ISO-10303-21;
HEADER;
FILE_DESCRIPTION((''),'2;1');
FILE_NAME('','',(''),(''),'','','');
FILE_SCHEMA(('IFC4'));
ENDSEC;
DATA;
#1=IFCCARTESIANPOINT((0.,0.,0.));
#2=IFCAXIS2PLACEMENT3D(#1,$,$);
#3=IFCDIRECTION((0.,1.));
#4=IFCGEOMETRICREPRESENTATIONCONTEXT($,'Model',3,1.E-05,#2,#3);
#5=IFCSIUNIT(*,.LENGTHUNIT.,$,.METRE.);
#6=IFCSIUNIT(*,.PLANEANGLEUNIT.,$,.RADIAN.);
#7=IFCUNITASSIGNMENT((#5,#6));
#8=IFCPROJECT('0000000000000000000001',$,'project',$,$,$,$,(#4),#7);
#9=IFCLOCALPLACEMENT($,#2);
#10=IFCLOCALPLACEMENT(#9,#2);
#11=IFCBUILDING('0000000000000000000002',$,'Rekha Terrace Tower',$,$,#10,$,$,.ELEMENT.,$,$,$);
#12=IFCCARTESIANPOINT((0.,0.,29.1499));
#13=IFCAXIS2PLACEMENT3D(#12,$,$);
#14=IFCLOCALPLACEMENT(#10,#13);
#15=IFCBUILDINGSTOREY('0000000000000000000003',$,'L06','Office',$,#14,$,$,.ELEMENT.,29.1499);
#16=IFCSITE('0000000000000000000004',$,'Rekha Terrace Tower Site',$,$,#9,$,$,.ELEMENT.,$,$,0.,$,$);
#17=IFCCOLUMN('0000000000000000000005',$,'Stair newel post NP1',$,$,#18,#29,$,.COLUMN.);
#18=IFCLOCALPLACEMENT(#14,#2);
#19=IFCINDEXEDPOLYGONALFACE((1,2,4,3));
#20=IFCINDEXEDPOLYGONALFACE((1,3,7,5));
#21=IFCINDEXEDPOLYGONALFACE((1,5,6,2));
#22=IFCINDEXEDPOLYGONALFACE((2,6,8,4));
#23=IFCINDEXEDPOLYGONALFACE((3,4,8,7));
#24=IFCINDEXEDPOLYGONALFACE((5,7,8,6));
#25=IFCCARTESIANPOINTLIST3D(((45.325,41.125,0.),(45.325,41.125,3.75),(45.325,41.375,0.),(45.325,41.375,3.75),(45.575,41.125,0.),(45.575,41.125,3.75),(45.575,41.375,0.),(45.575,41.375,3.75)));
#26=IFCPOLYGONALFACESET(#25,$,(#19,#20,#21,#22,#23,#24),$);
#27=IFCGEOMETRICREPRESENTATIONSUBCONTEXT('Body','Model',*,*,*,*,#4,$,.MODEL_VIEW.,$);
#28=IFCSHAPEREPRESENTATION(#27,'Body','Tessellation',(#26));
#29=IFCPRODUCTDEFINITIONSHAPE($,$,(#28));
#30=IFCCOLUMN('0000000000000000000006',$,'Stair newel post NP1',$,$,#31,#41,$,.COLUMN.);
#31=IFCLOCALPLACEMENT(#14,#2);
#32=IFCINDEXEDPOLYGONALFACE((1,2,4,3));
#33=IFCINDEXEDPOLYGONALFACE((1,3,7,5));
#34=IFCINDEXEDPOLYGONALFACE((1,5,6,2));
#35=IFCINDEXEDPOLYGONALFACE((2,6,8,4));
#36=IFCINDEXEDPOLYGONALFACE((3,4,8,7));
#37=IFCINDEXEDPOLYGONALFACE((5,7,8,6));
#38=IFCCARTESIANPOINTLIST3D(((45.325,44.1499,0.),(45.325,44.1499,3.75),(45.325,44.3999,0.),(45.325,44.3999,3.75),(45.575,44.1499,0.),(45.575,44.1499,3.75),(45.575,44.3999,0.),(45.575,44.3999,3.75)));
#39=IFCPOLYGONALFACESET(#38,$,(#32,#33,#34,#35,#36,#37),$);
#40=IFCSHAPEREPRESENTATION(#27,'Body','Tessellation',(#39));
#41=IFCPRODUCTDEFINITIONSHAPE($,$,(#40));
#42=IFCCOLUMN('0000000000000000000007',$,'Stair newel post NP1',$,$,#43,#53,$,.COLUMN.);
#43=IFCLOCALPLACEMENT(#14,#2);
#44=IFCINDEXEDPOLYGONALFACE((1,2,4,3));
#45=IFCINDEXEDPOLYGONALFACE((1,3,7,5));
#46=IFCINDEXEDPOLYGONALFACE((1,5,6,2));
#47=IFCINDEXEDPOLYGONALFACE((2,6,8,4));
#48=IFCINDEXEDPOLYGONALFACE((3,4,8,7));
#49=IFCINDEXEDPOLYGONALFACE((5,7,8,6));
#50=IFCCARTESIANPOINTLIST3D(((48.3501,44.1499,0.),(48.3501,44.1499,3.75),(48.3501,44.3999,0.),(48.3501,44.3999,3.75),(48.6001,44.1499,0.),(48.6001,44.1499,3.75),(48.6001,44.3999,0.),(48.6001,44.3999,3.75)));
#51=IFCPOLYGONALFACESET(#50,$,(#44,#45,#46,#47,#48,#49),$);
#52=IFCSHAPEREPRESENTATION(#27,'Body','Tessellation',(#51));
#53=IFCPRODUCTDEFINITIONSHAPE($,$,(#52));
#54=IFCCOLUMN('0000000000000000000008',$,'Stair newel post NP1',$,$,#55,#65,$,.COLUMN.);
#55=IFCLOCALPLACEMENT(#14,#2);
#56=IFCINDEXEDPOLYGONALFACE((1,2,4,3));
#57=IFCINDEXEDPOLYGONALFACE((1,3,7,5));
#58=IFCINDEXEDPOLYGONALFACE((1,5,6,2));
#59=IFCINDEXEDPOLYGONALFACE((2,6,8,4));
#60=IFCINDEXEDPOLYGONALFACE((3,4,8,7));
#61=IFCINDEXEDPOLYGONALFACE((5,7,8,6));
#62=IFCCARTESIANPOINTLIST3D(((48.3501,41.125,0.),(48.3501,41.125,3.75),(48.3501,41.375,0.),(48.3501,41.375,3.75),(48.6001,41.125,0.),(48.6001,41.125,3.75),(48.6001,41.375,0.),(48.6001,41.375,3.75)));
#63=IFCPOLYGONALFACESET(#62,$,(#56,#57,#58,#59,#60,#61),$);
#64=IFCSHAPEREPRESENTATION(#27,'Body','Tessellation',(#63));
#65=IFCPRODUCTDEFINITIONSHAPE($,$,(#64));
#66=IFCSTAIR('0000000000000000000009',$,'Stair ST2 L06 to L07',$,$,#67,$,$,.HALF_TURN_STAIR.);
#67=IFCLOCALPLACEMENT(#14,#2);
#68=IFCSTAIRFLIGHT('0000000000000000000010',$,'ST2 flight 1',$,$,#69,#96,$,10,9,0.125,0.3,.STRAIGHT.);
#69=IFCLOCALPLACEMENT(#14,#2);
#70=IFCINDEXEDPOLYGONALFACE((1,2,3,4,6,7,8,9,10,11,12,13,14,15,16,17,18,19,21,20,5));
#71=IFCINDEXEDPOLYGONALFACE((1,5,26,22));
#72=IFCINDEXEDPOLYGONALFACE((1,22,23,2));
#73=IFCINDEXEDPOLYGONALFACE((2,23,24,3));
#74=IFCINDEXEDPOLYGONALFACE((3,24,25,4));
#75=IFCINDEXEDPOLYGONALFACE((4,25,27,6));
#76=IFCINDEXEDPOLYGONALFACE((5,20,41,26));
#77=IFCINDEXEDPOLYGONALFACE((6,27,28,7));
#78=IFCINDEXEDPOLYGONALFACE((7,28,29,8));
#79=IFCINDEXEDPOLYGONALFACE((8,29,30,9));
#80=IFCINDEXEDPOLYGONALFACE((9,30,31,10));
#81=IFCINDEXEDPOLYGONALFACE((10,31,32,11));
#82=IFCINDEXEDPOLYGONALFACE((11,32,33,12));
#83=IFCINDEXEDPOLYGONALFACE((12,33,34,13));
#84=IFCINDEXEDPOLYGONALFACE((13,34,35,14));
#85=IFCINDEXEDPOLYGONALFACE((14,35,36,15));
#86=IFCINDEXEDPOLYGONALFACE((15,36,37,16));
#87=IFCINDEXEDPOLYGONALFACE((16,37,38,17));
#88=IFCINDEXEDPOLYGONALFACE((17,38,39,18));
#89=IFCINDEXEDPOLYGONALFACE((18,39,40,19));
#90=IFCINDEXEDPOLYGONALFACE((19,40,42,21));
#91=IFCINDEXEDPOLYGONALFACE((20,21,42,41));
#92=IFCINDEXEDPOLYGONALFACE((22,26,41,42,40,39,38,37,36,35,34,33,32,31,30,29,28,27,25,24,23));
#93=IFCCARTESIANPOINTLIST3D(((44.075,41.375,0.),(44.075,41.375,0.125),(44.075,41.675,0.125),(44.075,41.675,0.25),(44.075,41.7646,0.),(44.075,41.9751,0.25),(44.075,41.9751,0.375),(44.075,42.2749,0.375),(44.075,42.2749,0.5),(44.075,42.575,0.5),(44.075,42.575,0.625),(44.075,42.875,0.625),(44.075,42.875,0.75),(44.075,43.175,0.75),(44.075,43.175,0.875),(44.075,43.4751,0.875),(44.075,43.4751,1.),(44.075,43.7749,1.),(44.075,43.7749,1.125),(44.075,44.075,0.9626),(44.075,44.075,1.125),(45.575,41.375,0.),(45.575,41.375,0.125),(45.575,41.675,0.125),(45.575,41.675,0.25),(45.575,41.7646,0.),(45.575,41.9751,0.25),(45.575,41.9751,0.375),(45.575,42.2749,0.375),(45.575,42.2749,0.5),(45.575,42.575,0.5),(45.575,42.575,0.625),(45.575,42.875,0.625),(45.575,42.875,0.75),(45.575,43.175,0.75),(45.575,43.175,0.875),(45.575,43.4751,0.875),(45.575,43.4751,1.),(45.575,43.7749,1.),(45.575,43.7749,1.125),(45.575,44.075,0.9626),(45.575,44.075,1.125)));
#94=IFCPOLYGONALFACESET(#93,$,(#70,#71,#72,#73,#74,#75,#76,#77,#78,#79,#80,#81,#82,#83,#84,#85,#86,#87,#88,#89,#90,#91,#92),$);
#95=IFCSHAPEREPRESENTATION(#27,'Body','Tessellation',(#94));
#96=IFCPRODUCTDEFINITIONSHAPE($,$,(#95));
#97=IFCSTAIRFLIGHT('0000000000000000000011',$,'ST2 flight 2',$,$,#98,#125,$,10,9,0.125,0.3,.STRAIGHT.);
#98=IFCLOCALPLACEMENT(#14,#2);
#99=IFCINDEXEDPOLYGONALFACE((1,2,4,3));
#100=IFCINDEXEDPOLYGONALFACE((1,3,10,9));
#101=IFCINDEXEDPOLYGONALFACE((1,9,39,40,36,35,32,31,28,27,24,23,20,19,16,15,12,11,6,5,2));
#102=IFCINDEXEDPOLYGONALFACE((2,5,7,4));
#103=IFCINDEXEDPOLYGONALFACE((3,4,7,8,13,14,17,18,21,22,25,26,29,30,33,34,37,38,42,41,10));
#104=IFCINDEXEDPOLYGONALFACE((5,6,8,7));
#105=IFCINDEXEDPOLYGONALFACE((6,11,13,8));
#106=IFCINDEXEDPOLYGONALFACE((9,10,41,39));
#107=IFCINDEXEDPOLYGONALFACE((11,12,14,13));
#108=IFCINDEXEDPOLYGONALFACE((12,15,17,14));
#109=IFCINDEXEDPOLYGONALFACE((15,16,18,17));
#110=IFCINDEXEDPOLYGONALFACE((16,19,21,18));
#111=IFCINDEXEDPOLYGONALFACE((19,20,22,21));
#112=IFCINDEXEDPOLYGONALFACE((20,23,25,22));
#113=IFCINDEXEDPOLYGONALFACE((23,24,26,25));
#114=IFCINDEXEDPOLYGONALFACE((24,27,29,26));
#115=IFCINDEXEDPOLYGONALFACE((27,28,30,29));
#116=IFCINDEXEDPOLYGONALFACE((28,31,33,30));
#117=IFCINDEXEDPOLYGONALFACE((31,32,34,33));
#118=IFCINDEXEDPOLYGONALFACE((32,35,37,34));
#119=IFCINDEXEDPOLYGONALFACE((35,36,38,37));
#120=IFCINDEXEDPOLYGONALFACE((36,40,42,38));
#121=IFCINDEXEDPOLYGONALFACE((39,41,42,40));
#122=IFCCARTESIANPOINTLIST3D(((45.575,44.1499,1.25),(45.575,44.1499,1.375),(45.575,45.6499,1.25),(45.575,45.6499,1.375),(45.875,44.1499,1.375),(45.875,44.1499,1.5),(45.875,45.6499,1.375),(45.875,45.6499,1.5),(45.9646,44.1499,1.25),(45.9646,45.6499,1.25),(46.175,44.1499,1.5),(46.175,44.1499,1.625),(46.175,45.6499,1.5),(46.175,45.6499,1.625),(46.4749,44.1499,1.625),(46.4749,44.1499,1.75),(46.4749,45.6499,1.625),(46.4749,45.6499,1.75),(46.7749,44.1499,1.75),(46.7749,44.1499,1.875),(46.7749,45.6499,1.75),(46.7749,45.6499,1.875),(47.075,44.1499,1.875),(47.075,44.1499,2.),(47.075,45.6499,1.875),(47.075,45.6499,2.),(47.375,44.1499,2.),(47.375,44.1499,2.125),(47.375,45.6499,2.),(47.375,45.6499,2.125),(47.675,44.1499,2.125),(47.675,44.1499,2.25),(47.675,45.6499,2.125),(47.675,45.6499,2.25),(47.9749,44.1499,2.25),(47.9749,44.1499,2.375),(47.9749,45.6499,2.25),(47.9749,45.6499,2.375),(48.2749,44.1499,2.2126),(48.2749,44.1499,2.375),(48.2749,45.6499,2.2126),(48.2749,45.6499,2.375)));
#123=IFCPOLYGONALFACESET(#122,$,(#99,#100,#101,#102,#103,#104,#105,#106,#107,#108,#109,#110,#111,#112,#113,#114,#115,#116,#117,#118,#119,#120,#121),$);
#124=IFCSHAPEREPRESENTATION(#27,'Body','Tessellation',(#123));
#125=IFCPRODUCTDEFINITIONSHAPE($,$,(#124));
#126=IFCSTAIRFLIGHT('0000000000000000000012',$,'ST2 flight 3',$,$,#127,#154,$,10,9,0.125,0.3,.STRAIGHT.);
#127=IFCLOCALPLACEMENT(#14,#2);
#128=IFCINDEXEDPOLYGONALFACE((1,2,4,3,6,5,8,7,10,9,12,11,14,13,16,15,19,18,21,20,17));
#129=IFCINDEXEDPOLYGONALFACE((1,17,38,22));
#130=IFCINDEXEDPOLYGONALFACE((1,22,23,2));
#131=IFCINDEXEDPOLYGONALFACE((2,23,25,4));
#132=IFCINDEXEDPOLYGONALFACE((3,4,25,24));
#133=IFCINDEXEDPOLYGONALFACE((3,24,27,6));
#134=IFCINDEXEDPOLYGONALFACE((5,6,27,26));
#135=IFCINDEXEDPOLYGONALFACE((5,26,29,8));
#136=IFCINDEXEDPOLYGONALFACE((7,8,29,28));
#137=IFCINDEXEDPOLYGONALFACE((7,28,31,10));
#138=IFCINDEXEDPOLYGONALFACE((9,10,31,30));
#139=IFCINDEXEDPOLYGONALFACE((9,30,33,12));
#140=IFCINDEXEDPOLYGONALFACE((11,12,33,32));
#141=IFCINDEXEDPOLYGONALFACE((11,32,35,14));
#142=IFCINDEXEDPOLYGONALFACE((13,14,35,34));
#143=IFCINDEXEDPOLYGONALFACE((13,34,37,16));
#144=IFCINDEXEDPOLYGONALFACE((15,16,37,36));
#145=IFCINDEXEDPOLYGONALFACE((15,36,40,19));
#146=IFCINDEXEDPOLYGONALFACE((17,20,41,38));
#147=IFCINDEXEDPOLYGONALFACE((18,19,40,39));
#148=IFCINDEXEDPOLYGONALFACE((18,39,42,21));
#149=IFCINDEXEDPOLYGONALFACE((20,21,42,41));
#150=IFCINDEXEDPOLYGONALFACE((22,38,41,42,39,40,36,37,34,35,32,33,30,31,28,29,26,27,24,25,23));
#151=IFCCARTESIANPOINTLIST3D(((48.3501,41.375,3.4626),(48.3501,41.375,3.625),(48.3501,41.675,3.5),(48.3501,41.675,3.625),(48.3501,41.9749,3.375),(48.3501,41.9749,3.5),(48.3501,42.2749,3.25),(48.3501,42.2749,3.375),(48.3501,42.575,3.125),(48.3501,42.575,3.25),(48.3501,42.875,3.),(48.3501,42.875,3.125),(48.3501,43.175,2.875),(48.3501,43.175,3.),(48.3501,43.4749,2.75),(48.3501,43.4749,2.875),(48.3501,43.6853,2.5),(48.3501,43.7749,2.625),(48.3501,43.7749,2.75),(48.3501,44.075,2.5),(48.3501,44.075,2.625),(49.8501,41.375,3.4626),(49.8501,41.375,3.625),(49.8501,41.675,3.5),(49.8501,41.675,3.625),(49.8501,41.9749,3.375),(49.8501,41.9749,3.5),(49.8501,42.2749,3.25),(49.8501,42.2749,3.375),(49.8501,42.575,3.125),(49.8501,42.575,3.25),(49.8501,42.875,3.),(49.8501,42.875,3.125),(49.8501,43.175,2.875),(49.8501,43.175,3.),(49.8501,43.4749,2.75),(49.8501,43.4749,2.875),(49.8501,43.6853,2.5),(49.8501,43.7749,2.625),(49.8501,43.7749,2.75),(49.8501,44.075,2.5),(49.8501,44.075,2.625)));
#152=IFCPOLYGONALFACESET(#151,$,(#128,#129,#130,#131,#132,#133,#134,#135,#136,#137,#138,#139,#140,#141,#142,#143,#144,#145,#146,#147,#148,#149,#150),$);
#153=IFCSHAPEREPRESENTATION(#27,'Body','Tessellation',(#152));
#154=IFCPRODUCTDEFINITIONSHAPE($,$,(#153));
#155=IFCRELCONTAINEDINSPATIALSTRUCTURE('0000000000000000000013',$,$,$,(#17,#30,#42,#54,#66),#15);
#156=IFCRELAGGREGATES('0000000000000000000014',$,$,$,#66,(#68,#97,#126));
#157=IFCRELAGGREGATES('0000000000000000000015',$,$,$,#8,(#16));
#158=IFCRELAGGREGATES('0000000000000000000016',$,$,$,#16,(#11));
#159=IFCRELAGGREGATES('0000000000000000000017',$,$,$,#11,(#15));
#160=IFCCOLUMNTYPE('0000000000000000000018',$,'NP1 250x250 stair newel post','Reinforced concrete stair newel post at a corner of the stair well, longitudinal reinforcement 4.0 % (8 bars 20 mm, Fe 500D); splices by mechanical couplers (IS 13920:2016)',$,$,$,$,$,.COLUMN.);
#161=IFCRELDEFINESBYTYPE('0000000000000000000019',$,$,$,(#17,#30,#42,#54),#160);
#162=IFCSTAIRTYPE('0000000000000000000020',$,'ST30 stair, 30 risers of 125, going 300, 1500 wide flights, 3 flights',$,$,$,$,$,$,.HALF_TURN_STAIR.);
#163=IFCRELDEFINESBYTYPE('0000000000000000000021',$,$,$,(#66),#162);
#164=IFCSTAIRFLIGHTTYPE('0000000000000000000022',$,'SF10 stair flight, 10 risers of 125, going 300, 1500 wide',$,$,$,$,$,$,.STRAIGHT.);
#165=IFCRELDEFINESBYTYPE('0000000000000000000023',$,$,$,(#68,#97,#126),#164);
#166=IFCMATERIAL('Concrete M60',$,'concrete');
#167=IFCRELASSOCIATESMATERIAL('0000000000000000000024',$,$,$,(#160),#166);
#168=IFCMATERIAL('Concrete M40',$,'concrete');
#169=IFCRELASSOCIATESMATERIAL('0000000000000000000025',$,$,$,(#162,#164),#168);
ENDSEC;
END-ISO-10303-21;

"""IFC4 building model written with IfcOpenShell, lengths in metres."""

from ifc_helpers import new_model, si_unit, direction, frame, origin, origin_2d, place, context, subcontext, project, spatial, polyline, rectangle, outline, extrude, material, material_profile, profile_set, type_object, element, aggregate, save


model = new_model("IFC4")

# Units and contexts
model_context = context("Model", 3, precision=1e-05, world=origin(), true_north=direction((0.0, 1.0)))
body_context = subcontext(model_context, "Body", "Model", "MODEL_VIEW")
ifc_project = project(units=[si_unit("LENGTHUNIT", "METRE"), si_unit("PLANEANGLEUNIT", "RADIAN")], contexts=[model_context])

# Site, building, storey
site_placement = place(None, origin())
site = spatial("IfcSite", under=ifc_project, at=site_placement, Name="Rekha Terrace Tower Site", CompositionType="ELEMENT", RefElevation=0.0)
building_placement = place(site_placement, origin())
building = spatial("IfcBuilding", under=site, at=building_placement, Name="Rekha Terrace Tower", CompositionType="ELEMENT")
storey_placement = place(building_placement, frame((0.0, 0.0, 29.1499)))
storey = spatial("IfcBuildingStorey", under=building, at=storey_placement, Name="L06", Description="Office", CompositionType="ELEMENT", Elevation=29.1499)

# Columns
ifc_material_1 = material(Name="Concrete M60", Category="concrete")
ifc_material_profile = material_profile(ifc_material_1, rectangle(XDim=0.25, YDim=0.25, at=origin_2d()), Name="RC 250x250")
ifc_profile_set = profile_set([ifc_material_profile], Name="Concrete M60")
column_type = type_object("IfcColumnType", Name="NP1 250x250 stair newel post", Description="Reinforced concrete stair newel post at a corner of the stair well, longitudinal reinforcement 4.0 % (8 bars 20 mm, Fe 500D); splices by mechanical couplers (IS 13920:2016)", PredefinedType="COLUMN", material=ifc_profile_set)
for number, where, z_axis, x_axis, name in (
    (1, (45.45, 41.25, 0.0), (0.0, 0.0, 1.0), (1.0, 0.0, 0.0), "Stair newel post NP1"),
    (2, (45.45, 44.2749, 0.0), (0.0, 0.0, 1.0), (1.0, 0.0, 0.0), "Stair newel post NP1"),
    (3, (48.4751, 44.2749, 0.0), (0.0, 0.0, 1.0), (1.0, 0.0, 0.0), "Stair newel post NP1"),
    (4, (48.4751, 41.25, 0.0), (0.0, 0.0, 1.0), (1.0, 0.0, 0.0), "Stair newel post NP1"),
):
    element("IfcColumn", number, at=place(storey_placement, frame(where, z_axis=z_axis, x_axis=x_axis)), inside=storey, type_object=column_type, Name=name, PredefinedType="COLUMN", context=body_context, shape_type="SweptSolid", body=[
        extrude(rectangle(XDim=0.25, YDim=0.25, at=origin_2d()), origin(), (0.0, 0.0, 1.0), 3.75),
    ])

# Stair, stair flights
ifc_material_2 = material(Name="Concrete M40", Category="concrete")
stair_type = type_object("IfcStairType", Name="ST30 stair, 30 risers of 125, going 300, 1500 wide flights, 3 flights", PredefinedType="HALF_TURN_STAIR", material=ifc_material_2)
stair_placement = place(storey_placement, origin())
stair = element("IfcStair", 5, at=stair_placement, inside=storey, type_object=stair_type, Name="Stair ST2 L06 to L07", PredefinedType="HALF_TURN_STAIR")
stair_flight_type = type_object("IfcStairFlightType", Name="SF10 stair flight, 10 risers of 125, going 300, 1500 wide", PredefinedType="STRAIGHT", material=ifc_material_2)
stair_flight_1_placement = place(storey_placement, frame((44.825, 41.375, 0.0), z_axis=(0.0, 0.0, 1.0), x_axis=(0.0, 1.0, 0.0)))
stair_flight_1 = element("IfcStairFlight", 6, at=stair_flight_1_placement, type_object=stair_flight_type, Name="ST2 flight 1", NumberOfRisers=10, NumberOfTreads=9, PredefinedType="STRAIGHT", RiserHeight=0.125, TreadLength=0.3, context=body_context, shape_type="SweptSolid", body=[
    extrude(outline(polyline([(0.0, 0.0), (0.0, 0.125), (0.3, 0.125), (0.3, 0.25), (0.6001, 0.25), (0.6001, 0.375), (0.8999, 0.375), (0.8999, 0.5), (1.2, 0.5), (1.2, 0.625), (1.5, 0.625), (1.5, 0.75), (1.8, 0.75), (1.8, 0.875), (2.1001, 0.875), (2.1001, 1.0), (2.3999, 1.0), (2.3999, 1.125), (2.7, 1.125), (2.7, 1.25), (2.7, 0.9626), (0.3896, 0.0), (0.0, 0.0)])), frame((0.0, 0.75, 0.0), z_axis=(0.0, -1.0, 0.0), x_axis=(1.0, 0.0, 0.0)), (0.0, 0.0, 1.0), 1.5),
])
stair_flight_2_placement = place(storey_placement, frame((45.575, 44.8999, 1.25), z_axis=(0.0, 0.0, 1.0), x_axis=(1.0, 0.0, 0.0)))
stair_flight_2 = element("IfcStairFlight", 7, at=stair_flight_2_placement, type_object=stair_flight_type, Name="ST2 flight 2", NumberOfRisers=10, NumberOfTreads=9, PredefinedType="STRAIGHT", RiserHeight=0.125, TreadLength=0.3, context=body_context, shape_type="SweptSolid", body=[
    extrude(outline(polyline([(0.0, 0.0), (0.0, 0.125), (0.3, 0.125), (0.3, 0.25), (0.6001, 0.25), (0.6001, 0.375), (0.8999, 0.375), (0.8999, 0.5), (1.2, 0.5), (1.2, 0.625), (1.5, 0.625), (1.5, 0.75), (1.8, 0.75), (1.8, 0.875), (2.1001, 0.875), (2.1001, 1.0), (2.3999, 1.0), (2.3999, 1.125), (2.7, 1.125), (2.7, 1.25), (2.7, 0.9626), (0.3896, 0.0), (0.0, 0.0)])), frame((0.0, 0.75, 0.0), z_axis=(0.0, -1.0, 0.0), x_axis=(1.0, 0.0, 0.0)), (0.0, 0.0, 1.0), 1.5),
])
stair_flight_3_placement = place(storey_placement, frame((49.1001, 44.075, 2.5), z_axis=(0.0, 0.0, 1.0), x_axis=(0.0, -1.0, 0.0)))
stair_flight_3 = element("IfcStairFlight", 8, at=stair_flight_3_placement, type_object=stair_flight_type, Name="ST2 flight 3", NumberOfRisers=10, NumberOfTreads=9, PredefinedType="STRAIGHT", RiserHeight=0.125, TreadLength=0.3, context=body_context, shape_type="SweptSolid", body=[
    extrude(outline(polyline([(0.0, 0.0), (0.0, 0.125), (0.3, 0.125), (0.3, 0.25), (0.6001, 0.25), (0.6001, 0.375), (0.8999, 0.375), (0.8999, 0.5), (1.2, 0.5), (1.2, 0.625), (1.5, 0.625), (1.5, 0.75), (1.8, 0.75), (1.8, 0.875), (2.1001, 0.875), (2.1001, 1.0), (2.3999, 1.0), (2.3999, 1.125), (2.7, 1.125), (2.7, 1.25), (2.7, 0.9626), (0.3896, 0.0), (0.0, 0.0)])), frame((0.0, 0.75, 0.0), z_axis=(0.0, -1.0, 0.0), x_axis=(1.0, 0.0, 0.0)), (0.0, 0.0, 1.0), 1.5),
])
aggregate(stair, [stair_flight_1, stair_flight_2, stair_flight_3])

save(model, "model.ifc")
